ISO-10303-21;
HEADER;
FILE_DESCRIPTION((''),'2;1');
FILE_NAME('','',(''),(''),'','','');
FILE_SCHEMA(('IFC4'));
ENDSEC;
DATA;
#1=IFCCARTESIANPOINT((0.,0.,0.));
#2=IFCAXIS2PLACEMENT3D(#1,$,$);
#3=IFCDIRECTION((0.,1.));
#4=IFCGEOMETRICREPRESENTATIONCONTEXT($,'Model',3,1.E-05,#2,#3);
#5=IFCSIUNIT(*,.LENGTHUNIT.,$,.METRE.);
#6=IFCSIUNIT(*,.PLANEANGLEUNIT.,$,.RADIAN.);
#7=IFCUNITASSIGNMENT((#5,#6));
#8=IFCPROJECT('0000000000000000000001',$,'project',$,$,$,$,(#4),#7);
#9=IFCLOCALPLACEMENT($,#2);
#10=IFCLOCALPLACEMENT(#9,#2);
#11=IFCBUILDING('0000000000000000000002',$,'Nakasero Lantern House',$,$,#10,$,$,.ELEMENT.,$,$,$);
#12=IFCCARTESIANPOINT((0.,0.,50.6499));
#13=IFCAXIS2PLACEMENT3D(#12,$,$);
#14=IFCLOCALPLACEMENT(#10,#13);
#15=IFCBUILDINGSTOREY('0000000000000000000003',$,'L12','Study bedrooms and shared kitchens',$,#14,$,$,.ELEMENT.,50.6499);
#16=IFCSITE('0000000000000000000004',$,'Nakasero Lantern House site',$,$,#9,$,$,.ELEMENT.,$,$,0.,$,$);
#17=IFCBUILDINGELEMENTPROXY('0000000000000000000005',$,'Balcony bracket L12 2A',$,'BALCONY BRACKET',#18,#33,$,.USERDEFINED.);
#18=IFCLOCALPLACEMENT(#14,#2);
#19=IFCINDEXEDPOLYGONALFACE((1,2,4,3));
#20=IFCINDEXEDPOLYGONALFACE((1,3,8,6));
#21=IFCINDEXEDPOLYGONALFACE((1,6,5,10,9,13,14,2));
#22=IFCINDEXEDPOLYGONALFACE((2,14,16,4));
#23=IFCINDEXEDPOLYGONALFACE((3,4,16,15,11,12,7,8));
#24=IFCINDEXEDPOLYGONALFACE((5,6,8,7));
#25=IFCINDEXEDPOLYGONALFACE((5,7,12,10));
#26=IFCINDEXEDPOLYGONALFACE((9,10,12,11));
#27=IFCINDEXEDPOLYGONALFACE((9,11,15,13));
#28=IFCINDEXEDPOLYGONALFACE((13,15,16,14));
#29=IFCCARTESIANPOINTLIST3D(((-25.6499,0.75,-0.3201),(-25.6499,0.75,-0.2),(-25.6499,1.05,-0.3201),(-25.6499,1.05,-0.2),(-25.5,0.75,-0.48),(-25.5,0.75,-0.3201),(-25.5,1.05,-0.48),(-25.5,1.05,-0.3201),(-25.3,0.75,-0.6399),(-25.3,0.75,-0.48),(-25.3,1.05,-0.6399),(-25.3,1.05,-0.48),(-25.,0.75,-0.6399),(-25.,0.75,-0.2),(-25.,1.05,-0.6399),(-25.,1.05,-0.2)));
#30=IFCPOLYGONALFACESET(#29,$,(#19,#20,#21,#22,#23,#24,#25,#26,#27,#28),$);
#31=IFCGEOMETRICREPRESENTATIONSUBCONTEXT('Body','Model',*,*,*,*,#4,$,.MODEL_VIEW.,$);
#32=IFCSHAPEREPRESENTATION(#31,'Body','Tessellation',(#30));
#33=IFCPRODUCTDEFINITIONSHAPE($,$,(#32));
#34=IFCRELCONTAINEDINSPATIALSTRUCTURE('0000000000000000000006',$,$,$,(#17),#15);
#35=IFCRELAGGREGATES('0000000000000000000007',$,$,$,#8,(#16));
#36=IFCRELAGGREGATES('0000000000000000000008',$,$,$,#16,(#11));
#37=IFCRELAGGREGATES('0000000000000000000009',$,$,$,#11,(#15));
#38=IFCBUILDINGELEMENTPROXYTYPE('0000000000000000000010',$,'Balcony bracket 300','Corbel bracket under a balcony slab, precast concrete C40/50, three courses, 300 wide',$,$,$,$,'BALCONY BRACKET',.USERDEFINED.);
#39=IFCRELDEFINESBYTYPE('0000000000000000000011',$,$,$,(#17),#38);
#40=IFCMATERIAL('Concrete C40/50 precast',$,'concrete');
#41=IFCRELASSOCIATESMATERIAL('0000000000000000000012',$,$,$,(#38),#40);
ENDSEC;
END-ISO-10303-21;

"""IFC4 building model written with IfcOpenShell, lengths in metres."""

from ifc_helpers import new_model, si_unit, direction, frame, origin, place, context, subcontext, project, spatial, polyline, outline, extrude, material, type_object, element, save


model = new_model("IFC4")

# Units and contexts
model_context = context("Model", 3, precision=1e-05, world=origin(), true_north=direction((0.0, 1.0)))
body_context = subcontext(model_context, "Body", "Model", "MODEL_VIEW")
ifc_project = project(units=[si_unit("LENGTHUNIT", "METRE"), si_unit("PLANEANGLEUNIT", "RADIAN")], contexts=[model_context])

# Site, building, storey
site_placement = place(None, origin())
site = spatial("IfcSite", under=ifc_project, at=site_placement, Name="Nakasero Lantern House site", CompositionType="ELEMENT", RefElevation=0.0)
building_placement = place(site_placement, origin())
building = spatial("IfcBuilding", under=site, at=building_placement, Name="Nakasero Lantern House", CompositionType="ELEMENT")
storey_placement = place(building_placement, frame((0.0, 0.0, 50.6499)))
storey = spatial("IfcBuildingStorey", under=building, at=storey_placement, Name="L12", Description="Study bedrooms and shared kitchens", CompositionType="ELEMENT", Elevation=50.6499)

# Building element proxy
ifc_material_1 = material(Name="Concrete C40/50 precast", Category="concrete")
building_element_proxy_type = type_object("IfcBuildingElementProxyType", Name="Balcony bracket 300", Description="Corbel bracket under a balcony slab, precast concrete C40/50, three courses, 300 wide", ElementType="BALCONY BRACKET", PredefinedType="USERDEFINED", material=ifc_material_1)
proxy_placement = place(storey_placement, frame((-25.0, 0.8999, -0.2), z_axis=(0.0, 0.0, 1.0), x_axis=(-1.0, 0.0, 0.0)))
element("IfcBuildingElementProxy", 1, at=proxy_placement, inside=storey, type_object=building_element_proxy_type, Name="Balcony bracket L12 2A", ObjectType="BALCONY BRACKET", PredefinedType="USERDEFINED", context=body_context, shape_type="SweptSolid", body=[
    extrude(outline(polyline([(0.0, 0.0), (0.6499, 0.0), (0.6499, -0.1201), (0.5, -0.1201), (0.5, -0.28), (0.3, -0.28), (0.3, -0.4399), (0.0, -0.4399), (0.0, 0.0)])), frame((0.0, 0.1499, 0.0), z_axis=(0.0, -1.0, 0.0), x_axis=(1.0, 0.0, 0.0)), (0.0, 0.0, 1.0), 0.3),
])

save(model, "model.ifc")
